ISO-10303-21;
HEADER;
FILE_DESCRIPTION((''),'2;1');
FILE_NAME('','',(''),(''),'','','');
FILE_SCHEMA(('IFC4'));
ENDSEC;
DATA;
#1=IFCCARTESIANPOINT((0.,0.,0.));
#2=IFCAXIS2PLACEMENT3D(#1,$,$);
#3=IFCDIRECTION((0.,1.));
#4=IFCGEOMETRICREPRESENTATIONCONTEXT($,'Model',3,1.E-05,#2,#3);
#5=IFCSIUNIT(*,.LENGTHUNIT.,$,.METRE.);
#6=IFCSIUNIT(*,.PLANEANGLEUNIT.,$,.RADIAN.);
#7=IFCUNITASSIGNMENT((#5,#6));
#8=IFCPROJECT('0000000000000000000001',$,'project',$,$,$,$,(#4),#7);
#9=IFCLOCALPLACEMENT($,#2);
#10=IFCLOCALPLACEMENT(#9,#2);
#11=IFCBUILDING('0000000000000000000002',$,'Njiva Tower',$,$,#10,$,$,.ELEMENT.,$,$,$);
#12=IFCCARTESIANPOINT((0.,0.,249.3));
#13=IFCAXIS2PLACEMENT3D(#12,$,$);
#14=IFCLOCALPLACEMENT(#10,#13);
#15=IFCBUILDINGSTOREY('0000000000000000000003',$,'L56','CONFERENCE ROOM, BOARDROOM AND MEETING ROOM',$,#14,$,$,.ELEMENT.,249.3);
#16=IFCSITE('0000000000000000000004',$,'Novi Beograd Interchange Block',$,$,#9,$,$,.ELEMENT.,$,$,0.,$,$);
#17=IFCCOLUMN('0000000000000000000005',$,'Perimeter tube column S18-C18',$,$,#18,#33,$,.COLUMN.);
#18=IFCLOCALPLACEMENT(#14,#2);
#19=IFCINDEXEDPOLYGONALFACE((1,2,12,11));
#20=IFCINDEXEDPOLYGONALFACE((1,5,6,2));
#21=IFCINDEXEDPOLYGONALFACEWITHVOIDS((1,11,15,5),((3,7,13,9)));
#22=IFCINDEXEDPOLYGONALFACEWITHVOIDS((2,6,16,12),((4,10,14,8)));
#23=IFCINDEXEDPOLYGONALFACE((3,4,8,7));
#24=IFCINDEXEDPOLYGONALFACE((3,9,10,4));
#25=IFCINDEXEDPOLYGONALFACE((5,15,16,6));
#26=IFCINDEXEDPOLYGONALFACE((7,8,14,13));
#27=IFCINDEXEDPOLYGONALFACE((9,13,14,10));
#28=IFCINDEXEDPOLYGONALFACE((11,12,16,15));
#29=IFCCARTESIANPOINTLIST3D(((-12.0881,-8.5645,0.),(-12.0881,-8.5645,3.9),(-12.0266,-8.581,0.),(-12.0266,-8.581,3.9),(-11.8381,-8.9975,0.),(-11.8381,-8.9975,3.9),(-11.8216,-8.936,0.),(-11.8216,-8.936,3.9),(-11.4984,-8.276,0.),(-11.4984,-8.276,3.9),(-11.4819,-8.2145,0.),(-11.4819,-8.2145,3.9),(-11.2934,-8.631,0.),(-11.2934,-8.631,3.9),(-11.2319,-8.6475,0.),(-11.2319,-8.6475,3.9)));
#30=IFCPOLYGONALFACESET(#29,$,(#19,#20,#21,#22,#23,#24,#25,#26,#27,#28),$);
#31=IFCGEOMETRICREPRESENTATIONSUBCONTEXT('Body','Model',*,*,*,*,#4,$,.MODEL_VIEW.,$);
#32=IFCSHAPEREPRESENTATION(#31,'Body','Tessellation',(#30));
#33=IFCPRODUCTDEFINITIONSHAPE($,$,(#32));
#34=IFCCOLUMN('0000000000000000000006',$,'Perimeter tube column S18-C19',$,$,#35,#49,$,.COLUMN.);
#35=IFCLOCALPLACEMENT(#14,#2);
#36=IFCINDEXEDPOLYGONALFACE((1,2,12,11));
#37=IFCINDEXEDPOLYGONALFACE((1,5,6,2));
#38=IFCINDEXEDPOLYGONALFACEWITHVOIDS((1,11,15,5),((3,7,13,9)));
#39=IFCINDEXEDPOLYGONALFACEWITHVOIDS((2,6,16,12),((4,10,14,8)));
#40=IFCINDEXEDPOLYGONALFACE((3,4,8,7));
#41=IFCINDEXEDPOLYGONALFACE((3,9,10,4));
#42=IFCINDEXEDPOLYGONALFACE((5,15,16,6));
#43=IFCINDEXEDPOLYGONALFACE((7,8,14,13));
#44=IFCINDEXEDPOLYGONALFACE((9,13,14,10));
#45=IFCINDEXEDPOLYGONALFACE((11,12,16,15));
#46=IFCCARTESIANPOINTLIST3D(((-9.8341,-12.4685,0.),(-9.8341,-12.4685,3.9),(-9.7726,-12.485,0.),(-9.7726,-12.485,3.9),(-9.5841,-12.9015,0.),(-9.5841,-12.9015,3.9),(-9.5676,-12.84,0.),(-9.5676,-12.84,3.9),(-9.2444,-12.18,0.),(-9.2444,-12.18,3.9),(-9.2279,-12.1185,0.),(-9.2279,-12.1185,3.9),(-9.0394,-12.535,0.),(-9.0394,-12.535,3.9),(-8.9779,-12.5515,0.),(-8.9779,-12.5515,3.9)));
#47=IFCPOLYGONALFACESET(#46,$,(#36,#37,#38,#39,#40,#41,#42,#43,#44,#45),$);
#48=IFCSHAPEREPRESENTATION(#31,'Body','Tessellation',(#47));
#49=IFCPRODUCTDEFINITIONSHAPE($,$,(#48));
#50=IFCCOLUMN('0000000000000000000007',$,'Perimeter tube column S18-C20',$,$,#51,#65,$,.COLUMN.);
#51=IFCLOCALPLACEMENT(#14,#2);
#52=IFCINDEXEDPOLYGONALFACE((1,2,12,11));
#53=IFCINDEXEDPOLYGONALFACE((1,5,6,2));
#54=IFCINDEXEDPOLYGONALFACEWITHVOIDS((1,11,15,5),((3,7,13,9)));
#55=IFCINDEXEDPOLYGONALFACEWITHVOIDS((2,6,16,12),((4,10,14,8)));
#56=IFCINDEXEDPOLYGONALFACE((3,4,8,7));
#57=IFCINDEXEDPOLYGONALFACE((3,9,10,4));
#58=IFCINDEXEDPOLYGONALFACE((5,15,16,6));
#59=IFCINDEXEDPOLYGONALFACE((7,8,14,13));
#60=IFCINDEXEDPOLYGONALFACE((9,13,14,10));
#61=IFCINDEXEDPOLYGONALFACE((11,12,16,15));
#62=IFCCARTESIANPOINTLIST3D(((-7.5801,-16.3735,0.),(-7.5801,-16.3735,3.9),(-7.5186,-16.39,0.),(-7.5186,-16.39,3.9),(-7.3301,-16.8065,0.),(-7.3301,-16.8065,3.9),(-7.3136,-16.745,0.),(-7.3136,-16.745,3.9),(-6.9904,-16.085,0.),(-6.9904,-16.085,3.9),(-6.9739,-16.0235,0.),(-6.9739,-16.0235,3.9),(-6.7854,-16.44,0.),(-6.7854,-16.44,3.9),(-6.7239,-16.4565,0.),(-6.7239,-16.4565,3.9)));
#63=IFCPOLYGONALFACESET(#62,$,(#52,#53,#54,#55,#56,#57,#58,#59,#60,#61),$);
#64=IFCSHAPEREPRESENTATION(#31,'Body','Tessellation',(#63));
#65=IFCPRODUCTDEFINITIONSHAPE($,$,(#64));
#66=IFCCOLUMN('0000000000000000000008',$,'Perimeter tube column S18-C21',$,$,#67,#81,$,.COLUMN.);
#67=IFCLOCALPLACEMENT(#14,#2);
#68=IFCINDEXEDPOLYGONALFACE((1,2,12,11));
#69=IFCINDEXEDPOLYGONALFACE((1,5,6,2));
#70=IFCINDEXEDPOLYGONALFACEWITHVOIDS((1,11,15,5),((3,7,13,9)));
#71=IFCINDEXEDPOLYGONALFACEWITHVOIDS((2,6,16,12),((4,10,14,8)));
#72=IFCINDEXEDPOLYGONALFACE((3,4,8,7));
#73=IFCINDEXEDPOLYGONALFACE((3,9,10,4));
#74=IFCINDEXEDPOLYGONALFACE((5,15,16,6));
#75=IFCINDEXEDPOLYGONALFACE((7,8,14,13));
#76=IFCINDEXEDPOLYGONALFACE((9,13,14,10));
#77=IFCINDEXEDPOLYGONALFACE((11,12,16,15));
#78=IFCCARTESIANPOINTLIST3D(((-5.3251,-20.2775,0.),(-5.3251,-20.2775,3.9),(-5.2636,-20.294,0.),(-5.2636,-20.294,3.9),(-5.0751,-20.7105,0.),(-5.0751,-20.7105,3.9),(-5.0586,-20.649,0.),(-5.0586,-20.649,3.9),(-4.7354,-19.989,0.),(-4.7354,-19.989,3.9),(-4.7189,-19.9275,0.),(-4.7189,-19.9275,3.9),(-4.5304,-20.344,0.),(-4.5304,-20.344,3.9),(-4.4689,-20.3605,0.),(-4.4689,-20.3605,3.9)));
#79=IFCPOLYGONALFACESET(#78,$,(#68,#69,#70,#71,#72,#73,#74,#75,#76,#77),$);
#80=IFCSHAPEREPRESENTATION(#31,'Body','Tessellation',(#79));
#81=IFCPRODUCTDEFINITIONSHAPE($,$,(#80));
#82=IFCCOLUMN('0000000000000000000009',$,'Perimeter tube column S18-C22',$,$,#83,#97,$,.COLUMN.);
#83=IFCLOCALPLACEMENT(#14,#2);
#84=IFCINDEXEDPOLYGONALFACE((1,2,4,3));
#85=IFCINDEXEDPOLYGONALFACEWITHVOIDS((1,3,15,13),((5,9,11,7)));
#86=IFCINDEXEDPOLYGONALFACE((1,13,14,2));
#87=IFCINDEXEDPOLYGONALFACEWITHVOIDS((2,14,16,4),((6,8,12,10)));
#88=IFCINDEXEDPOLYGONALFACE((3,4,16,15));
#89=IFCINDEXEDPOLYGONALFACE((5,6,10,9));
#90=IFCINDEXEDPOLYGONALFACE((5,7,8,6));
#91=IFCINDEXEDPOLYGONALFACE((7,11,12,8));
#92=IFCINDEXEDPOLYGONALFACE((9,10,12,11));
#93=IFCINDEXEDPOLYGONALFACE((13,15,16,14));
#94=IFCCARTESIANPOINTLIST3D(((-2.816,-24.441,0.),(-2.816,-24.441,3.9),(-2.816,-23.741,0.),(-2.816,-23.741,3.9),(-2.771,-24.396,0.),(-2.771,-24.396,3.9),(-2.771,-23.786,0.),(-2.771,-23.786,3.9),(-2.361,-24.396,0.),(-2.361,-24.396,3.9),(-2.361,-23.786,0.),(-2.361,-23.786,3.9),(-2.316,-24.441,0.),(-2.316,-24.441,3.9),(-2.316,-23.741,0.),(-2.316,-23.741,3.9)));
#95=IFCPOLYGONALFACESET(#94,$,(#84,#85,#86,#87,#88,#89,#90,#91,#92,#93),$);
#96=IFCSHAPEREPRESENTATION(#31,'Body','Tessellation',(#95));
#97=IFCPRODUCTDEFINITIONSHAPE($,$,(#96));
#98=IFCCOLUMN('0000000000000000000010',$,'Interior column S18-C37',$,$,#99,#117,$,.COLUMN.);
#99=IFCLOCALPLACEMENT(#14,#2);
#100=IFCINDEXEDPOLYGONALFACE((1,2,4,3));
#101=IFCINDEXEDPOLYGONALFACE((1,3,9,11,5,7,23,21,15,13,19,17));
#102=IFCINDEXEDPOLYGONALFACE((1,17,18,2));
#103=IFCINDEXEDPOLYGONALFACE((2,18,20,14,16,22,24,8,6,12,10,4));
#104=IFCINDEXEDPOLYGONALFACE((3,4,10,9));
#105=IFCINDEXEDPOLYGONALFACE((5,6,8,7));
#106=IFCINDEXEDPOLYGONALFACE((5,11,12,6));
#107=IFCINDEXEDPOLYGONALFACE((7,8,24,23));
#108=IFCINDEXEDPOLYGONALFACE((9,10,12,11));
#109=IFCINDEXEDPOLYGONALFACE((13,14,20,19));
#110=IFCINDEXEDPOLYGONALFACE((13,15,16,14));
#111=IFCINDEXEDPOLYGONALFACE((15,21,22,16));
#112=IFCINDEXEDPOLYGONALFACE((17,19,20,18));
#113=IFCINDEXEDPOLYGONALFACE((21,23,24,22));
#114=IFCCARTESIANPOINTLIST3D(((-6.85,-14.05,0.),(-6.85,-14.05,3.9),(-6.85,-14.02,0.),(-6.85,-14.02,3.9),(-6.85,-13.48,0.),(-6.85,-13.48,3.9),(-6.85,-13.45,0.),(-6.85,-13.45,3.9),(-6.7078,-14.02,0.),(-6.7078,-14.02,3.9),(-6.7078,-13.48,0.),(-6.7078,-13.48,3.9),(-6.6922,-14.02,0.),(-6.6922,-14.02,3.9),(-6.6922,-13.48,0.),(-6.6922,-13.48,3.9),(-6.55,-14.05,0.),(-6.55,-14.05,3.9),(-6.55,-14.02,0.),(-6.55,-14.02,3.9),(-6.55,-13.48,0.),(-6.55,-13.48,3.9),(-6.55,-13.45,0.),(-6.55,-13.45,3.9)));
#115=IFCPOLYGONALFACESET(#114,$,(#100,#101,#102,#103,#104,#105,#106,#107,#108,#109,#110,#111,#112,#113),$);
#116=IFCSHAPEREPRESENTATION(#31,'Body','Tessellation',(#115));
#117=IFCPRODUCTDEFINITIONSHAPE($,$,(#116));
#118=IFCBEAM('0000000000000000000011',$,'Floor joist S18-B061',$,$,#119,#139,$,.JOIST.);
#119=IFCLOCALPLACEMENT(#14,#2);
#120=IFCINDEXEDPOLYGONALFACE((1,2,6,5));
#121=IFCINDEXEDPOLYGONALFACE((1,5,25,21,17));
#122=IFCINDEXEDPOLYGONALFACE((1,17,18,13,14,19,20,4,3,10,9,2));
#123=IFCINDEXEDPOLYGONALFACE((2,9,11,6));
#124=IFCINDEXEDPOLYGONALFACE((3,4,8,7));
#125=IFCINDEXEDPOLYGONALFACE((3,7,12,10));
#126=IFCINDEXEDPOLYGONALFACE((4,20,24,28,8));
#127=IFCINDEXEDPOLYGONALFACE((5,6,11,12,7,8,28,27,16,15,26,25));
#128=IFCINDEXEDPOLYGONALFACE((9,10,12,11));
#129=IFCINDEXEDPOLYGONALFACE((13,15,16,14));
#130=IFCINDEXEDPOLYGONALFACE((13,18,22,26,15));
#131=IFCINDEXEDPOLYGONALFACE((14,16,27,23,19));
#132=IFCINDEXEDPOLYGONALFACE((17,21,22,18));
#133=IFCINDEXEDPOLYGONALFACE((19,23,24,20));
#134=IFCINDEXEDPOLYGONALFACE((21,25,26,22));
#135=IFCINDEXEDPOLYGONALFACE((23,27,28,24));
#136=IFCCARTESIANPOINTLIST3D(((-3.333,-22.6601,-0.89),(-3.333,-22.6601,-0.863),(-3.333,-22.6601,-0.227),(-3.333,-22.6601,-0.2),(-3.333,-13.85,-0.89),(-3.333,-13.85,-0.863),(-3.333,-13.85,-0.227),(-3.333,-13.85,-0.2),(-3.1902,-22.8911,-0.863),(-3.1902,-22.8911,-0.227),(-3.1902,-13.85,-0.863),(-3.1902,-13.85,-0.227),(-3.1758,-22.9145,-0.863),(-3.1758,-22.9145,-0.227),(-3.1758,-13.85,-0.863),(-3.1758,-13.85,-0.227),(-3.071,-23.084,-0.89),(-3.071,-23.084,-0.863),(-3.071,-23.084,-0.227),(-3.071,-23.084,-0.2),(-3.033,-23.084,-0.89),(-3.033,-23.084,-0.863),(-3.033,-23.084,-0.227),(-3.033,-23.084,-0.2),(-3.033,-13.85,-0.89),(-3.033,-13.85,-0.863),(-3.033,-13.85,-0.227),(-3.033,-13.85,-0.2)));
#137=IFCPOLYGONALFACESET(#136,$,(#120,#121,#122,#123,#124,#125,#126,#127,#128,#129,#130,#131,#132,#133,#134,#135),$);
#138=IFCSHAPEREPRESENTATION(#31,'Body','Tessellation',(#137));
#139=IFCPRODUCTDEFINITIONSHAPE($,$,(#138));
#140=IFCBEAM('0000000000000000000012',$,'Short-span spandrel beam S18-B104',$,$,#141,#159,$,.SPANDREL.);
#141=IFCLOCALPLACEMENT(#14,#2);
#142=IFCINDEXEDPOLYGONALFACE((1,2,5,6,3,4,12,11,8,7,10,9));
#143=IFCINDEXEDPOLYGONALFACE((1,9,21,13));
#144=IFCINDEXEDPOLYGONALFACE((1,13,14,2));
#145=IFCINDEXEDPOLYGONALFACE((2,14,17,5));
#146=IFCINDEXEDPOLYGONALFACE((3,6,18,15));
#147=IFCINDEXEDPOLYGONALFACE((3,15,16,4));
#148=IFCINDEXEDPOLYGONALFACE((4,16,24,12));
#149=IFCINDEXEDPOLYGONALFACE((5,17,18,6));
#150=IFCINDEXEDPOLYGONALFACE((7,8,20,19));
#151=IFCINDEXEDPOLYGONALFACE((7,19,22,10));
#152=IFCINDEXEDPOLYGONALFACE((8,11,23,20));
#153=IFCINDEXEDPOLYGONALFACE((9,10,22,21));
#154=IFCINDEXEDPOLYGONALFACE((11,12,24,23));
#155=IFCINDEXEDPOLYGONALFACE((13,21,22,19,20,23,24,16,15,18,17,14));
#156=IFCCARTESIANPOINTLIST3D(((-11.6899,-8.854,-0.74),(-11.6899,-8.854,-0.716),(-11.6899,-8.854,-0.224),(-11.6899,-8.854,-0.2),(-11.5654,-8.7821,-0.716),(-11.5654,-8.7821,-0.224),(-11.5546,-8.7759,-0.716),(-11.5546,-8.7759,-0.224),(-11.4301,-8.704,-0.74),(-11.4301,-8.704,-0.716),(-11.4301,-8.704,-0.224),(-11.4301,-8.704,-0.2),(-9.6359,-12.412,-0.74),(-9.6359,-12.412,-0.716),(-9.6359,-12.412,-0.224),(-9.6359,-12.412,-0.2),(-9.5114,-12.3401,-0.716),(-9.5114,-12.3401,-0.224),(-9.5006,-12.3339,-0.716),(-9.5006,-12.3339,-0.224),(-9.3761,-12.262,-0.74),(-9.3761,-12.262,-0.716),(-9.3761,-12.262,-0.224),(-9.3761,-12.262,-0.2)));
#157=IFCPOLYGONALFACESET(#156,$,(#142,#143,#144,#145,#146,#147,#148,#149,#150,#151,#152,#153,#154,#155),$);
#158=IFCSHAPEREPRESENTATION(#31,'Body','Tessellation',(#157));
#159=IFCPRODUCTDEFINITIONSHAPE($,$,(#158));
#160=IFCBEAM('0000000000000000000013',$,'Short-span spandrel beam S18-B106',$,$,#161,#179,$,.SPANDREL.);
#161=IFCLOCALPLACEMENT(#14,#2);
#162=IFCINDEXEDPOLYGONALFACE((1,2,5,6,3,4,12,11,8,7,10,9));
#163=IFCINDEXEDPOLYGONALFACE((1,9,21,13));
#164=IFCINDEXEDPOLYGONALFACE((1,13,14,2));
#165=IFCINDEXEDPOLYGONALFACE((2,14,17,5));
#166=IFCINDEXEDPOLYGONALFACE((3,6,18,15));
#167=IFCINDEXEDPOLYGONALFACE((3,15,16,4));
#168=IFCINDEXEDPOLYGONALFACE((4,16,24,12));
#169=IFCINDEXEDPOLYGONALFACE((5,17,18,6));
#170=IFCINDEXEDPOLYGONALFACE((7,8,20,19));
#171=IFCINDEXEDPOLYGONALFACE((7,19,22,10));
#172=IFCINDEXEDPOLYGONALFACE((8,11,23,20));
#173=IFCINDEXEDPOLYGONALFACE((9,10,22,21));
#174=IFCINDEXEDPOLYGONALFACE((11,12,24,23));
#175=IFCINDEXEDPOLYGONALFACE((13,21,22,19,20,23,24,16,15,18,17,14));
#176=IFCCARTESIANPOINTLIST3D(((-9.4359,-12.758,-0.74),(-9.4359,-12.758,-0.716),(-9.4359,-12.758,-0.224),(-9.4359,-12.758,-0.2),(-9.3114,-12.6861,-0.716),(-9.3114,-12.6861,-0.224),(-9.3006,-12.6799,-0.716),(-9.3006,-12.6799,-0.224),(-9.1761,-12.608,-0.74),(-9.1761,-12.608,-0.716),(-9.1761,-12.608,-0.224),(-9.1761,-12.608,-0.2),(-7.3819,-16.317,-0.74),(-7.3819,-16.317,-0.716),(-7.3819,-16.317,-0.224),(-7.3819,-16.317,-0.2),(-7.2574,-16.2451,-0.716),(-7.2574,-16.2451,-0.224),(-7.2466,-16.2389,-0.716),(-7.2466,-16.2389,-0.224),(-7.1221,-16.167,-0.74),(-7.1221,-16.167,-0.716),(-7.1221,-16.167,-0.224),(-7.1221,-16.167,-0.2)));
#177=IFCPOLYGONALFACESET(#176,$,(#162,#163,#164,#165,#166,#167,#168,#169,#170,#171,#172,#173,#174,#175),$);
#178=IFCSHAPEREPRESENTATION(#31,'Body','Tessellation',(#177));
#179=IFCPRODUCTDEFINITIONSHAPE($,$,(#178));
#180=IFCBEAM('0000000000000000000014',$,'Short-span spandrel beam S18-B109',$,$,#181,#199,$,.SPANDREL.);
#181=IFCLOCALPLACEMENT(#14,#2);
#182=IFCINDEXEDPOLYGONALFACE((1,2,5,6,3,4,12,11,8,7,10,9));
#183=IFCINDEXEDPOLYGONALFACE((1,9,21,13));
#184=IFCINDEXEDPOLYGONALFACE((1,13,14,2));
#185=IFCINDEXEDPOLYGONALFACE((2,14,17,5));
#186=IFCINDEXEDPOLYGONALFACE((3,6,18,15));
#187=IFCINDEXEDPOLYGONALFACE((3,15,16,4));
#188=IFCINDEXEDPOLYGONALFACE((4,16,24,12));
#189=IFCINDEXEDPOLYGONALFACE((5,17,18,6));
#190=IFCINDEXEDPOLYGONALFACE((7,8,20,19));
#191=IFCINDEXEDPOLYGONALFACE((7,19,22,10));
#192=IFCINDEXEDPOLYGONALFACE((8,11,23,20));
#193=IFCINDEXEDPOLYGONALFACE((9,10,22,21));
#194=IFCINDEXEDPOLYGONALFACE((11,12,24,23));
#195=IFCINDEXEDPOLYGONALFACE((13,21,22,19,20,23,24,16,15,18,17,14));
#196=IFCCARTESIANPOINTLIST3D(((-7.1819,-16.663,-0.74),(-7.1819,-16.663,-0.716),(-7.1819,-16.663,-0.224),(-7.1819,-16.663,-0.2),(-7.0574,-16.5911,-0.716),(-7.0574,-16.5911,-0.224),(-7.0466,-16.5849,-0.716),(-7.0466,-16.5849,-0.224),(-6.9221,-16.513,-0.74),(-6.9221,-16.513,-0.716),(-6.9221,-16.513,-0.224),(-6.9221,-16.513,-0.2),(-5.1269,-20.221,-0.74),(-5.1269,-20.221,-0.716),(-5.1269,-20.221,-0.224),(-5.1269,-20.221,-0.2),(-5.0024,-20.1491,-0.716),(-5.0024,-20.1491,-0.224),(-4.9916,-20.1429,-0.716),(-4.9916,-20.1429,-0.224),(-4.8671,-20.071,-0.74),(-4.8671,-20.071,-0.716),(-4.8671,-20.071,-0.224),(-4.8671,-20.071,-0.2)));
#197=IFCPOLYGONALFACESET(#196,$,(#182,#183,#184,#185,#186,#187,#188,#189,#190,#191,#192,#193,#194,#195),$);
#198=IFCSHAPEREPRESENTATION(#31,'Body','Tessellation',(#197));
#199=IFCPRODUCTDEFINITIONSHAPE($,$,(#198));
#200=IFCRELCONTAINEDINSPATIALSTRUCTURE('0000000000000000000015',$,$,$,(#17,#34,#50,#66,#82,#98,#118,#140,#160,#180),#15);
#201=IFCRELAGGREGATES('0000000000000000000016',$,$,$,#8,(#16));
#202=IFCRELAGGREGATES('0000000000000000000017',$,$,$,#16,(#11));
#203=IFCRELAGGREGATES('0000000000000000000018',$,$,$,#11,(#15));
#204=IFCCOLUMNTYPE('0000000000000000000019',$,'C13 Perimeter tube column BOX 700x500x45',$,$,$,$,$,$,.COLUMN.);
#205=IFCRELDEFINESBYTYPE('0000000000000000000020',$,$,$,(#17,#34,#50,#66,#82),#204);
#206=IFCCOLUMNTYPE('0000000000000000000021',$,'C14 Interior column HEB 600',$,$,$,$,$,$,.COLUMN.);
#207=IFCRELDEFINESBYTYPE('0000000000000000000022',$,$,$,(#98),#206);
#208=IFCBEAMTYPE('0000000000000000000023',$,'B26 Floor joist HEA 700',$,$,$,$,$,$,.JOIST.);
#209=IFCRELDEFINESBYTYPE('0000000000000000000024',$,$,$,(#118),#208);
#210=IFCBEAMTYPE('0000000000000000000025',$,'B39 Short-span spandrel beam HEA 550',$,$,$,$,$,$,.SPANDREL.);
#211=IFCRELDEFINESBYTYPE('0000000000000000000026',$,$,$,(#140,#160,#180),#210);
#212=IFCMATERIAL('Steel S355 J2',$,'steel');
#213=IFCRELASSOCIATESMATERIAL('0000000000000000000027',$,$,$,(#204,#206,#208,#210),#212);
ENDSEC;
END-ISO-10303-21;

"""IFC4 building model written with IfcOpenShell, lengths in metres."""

from ifc_helpers import new_model, si_unit, direction, frame, origin, origin_2d, place, context, subcontext, project, spatial, hollow_rectangle, i_section, extrude, clip, halfspace, material, material_profile, profile_set, type_object, element, save


model = new_model("IFC4")

# Units and contexts
model_context = context("Model", 3, precision=1e-05, world=origin(), true_north=direction((0.0, 1.0)))
body_context = subcontext(model_context, "Body", "Model", "MODEL_VIEW")
ifc_project = project(units=[si_unit("LENGTHUNIT", "METRE"), si_unit("PLANEANGLEUNIT", "RADIAN")], contexts=[model_context])

# Site, building, storey
site_placement = place(None, origin())
site = spatial("IfcSite", under=ifc_project, at=site_placement, Name="Novi Beograd Interchange Block", CompositionType="ELEMENT", RefElevation=0.0)
building_placement = place(site_placement, origin())
building = spatial("IfcBuilding", under=site, at=building_placement, Name="Njiva Tower", CompositionType="ELEMENT")
storey_placement = place(building_placement, frame((0.0, 0.0, 249.3)))
storey = spatial("IfcBuildingStorey", under=building, at=storey_placement, Name="L56", Description="CONFERENCE ROOM, BOARDROOM AND MEETING ROOM", CompositionType="ELEMENT", Elevation=249.3)

# Columns
ifc_material_1 = material(Name="Steel S355 J2", Category="steel")
ifc_material_profile_1 = material_profile(ifc_material_1, hollow_rectangle(XDim=0.5, YDim=0.7, WallThickness=0.045, at=origin_2d()), Name="BOX 700x500x45")
ifc_profile_set_1 = profile_set([ifc_material_profile_1], Name="Steel S355 J2")
column_type_1 = type_object("IfcColumnType", Name="C13 Perimeter tube column BOX 700x500x45", PredefinedType="COLUMN", material=ifc_profile_set_1)
for number, where, z_axis, x_axis, name in (
    (1, (-11.66, -8.606, 0.0), (0.0, 0.0, 1.0), (0.5, -0.866025, 0.0), "Perimeter tube column S18-C18"),
    (2, (-9.406, -12.51, 0.0), (0.0, 0.0, 1.0), (0.5, -0.866025, 0.0), "Perimeter tube column S18-C19"),
    (3, (-7.152, -16.415, 0.0), (0.0, 0.0, 1.0), (0.5, -0.866025, 0.0), "Perimeter tube column S18-C20"),
    (4, (-4.897, -20.319, 0.0), (0.0, 0.0, 1.0), (0.5, -0.866025, 0.0), "Perimeter tube column S18-C21"),
    (5, (-2.566, -24.091, 0.0), (0.0, 0.0, 1.0), (1.0, 0.0, 0.0), "Perimeter tube column S18-C22"),
):
    element("IfcColumn", number, at=place(storey_placement, frame(where, z_axis=z_axis, x_axis=x_axis)), inside=storey, type_object=column_type_1, Name=name, PredefinedType="COLUMN", context=body_context, shape_type="SweptSolid", body=[
        extrude(hollow_rectangle(XDim=0.5, YDim=0.7, WallThickness=0.045, at=origin_2d()), origin(), (0.0, 0.0, 1.0), 3.9),
    ])
ifc_material_profile_2 = material_profile(ifc_material_1, i_section(OverallWidth=0.3, OverallDepth=0.6, WebThickness=0.0155, FlangeThickness=0.03, at=origin_2d()), Name="HEB 600")
ifc_profile_set_2 = profile_set([ifc_material_profile_2], Name="Steel S355 J2")
column_type_2 = type_object("IfcColumnType", Name="C14 Interior column HEB 600", PredefinedType="COLUMN", material=ifc_profile_set_2)
column_placement = place(storey_placement, frame((-6.7, -13.75, 0.0), z_axis=(0.0, 0.0, 1.0), x_axis=(1.0, 0.0, 0.0)))
element("IfcColumn", 6, at=column_placement, inside=storey, type_object=column_type_2, Name="Interior column S18-C37", PredefinedType="COLUMN", context=body_context, shape_type="SweptSolid", body=[
    extrude(i_section(OverallWidth=0.3, OverallDepth=0.6, WebThickness=0.0155, FlangeThickness=0.03, at=origin_2d()), origin(), (0.0, 0.0, 1.0), 3.9),
])

# Beams
ifc_material_profile_3 = material_profile(ifc_material_1, i_section(OverallWidth=0.3, OverallDepth=0.69, WebThickness=0.0145, FlangeThickness=0.027, at=origin_2d()), Name="HEA 700")
ifc_profile_set_3 = profile_set([ifc_material_profile_3], Name="Steel S355 J2")
beam_type_1 = type_object("IfcBeamType", Name="B26 Floor joist HEA 700", PredefinedType="JOIST", material=ifc_profile_set_3)
beam_1_placement = place(storey_placement, frame((-3.183, -13.85, -0.545), z_axis=(0.0, -1.0, 0.0), x_axis=(1.0, 0.0, 0.0)))
element("IfcBeam", 7, at=beam_1_placement, inside=storey, type_object=beam_type_1, Name="Floor joist S18-B061", PredefinedType="JOIST", context=body_context, shape_type="Clipping", body=[
    clip(extrude(i_section(OverallWidth=0.3, OverallDepth=0.69, WebThickness=0.0145, FlangeThickness=0.027, at=origin_2d()), origin(), (0.0, 0.0, 1.0), 9.234), halfspace(frame((-0.0429, 0.0, 8.9834), z_axis=(-0.850625, 0.0, 0.525773), x_axis=(0.0, 1.0, 0.0)), False)),
])
ifc_material_profile_4 = material_profile(ifc_material_1, i_section(OverallWidth=0.3, OverallDepth=0.54, WebThickness=0.0125, FlangeThickness=0.024, at=origin_2d()), Name="HEA 550")
ifc_profile_set_4 = profile_set([ifc_material_profile_4], Name="Steel S355 J2")
beam_type_2 = type_object("IfcBeamType", Name="B39 Short-span spandrel beam HEA 550", PredefinedType="SPANDREL", material=ifc_profile_set_4)
beam_2_placement = place(storey_placement, frame((-11.56, -8.779, -0.47), z_axis=(0.499961, -0.866048, 0.0), x_axis=(0.866048, 0.499961, 0.0)))
element("IfcBeam", 8, at=beam_2_placement, inside=storey, type_object=beam_type_2, Name="Short-span spandrel beam S18-B104", PredefinedType="SPANDREL", context=body_context, shape_type="SweptSolid", body=[
    extrude(i_section(OverallWidth=0.3, OverallDepth=0.54, WebThickness=0.0125, FlangeThickness=0.024, at=origin_2d()), origin(), (0.0, 0.0, 1.0), 4.1083),
])
beam_3_placement = place(storey_placement, frame((-9.306, -12.683, -0.47), z_axis=(0.499856, -0.866109, 0.0), x_axis=(0.866109, 0.499856, 0.0)))
element("IfcBeam", 9, at=beam_3_placement, inside=storey, type_object=beam_type_2, Name="Short-span spandrel beam S18-B106", PredefinedType="SPANDREL", context=body_context, shape_type="SweptSolid", body=[
    extrude(i_section(OverallWidth=0.3, OverallDepth=0.54, WebThickness=0.0125, FlangeThickness=0.024, at=origin_2d()), origin(), (0.0, 0.0, 1.0), 4.1092),
])
beam_4_placement = place(storey_placement, frame((-7.052, -16.588, -0.47), z_axis=(0.500144, -0.865942, 0.0), x_axis=(0.865942, 0.500144, 0.0)))
element("IfcBeam", 10, at=beam_4_placement, inside=storey, type_object=beam_type_2, Name="Short-span spandrel beam S18-B109", PredefinedType="SPANDREL", context=body_context, shape_type="SweptSolid", body=[
    extrude(i_section(OverallWidth=0.3, OverallDepth=0.54, WebThickness=0.0125, FlangeThickness=0.024, at=origin_2d()), origin(), (0.0, 0.0, 1.0), 4.1088),
])

save(model, "model.ifc")
